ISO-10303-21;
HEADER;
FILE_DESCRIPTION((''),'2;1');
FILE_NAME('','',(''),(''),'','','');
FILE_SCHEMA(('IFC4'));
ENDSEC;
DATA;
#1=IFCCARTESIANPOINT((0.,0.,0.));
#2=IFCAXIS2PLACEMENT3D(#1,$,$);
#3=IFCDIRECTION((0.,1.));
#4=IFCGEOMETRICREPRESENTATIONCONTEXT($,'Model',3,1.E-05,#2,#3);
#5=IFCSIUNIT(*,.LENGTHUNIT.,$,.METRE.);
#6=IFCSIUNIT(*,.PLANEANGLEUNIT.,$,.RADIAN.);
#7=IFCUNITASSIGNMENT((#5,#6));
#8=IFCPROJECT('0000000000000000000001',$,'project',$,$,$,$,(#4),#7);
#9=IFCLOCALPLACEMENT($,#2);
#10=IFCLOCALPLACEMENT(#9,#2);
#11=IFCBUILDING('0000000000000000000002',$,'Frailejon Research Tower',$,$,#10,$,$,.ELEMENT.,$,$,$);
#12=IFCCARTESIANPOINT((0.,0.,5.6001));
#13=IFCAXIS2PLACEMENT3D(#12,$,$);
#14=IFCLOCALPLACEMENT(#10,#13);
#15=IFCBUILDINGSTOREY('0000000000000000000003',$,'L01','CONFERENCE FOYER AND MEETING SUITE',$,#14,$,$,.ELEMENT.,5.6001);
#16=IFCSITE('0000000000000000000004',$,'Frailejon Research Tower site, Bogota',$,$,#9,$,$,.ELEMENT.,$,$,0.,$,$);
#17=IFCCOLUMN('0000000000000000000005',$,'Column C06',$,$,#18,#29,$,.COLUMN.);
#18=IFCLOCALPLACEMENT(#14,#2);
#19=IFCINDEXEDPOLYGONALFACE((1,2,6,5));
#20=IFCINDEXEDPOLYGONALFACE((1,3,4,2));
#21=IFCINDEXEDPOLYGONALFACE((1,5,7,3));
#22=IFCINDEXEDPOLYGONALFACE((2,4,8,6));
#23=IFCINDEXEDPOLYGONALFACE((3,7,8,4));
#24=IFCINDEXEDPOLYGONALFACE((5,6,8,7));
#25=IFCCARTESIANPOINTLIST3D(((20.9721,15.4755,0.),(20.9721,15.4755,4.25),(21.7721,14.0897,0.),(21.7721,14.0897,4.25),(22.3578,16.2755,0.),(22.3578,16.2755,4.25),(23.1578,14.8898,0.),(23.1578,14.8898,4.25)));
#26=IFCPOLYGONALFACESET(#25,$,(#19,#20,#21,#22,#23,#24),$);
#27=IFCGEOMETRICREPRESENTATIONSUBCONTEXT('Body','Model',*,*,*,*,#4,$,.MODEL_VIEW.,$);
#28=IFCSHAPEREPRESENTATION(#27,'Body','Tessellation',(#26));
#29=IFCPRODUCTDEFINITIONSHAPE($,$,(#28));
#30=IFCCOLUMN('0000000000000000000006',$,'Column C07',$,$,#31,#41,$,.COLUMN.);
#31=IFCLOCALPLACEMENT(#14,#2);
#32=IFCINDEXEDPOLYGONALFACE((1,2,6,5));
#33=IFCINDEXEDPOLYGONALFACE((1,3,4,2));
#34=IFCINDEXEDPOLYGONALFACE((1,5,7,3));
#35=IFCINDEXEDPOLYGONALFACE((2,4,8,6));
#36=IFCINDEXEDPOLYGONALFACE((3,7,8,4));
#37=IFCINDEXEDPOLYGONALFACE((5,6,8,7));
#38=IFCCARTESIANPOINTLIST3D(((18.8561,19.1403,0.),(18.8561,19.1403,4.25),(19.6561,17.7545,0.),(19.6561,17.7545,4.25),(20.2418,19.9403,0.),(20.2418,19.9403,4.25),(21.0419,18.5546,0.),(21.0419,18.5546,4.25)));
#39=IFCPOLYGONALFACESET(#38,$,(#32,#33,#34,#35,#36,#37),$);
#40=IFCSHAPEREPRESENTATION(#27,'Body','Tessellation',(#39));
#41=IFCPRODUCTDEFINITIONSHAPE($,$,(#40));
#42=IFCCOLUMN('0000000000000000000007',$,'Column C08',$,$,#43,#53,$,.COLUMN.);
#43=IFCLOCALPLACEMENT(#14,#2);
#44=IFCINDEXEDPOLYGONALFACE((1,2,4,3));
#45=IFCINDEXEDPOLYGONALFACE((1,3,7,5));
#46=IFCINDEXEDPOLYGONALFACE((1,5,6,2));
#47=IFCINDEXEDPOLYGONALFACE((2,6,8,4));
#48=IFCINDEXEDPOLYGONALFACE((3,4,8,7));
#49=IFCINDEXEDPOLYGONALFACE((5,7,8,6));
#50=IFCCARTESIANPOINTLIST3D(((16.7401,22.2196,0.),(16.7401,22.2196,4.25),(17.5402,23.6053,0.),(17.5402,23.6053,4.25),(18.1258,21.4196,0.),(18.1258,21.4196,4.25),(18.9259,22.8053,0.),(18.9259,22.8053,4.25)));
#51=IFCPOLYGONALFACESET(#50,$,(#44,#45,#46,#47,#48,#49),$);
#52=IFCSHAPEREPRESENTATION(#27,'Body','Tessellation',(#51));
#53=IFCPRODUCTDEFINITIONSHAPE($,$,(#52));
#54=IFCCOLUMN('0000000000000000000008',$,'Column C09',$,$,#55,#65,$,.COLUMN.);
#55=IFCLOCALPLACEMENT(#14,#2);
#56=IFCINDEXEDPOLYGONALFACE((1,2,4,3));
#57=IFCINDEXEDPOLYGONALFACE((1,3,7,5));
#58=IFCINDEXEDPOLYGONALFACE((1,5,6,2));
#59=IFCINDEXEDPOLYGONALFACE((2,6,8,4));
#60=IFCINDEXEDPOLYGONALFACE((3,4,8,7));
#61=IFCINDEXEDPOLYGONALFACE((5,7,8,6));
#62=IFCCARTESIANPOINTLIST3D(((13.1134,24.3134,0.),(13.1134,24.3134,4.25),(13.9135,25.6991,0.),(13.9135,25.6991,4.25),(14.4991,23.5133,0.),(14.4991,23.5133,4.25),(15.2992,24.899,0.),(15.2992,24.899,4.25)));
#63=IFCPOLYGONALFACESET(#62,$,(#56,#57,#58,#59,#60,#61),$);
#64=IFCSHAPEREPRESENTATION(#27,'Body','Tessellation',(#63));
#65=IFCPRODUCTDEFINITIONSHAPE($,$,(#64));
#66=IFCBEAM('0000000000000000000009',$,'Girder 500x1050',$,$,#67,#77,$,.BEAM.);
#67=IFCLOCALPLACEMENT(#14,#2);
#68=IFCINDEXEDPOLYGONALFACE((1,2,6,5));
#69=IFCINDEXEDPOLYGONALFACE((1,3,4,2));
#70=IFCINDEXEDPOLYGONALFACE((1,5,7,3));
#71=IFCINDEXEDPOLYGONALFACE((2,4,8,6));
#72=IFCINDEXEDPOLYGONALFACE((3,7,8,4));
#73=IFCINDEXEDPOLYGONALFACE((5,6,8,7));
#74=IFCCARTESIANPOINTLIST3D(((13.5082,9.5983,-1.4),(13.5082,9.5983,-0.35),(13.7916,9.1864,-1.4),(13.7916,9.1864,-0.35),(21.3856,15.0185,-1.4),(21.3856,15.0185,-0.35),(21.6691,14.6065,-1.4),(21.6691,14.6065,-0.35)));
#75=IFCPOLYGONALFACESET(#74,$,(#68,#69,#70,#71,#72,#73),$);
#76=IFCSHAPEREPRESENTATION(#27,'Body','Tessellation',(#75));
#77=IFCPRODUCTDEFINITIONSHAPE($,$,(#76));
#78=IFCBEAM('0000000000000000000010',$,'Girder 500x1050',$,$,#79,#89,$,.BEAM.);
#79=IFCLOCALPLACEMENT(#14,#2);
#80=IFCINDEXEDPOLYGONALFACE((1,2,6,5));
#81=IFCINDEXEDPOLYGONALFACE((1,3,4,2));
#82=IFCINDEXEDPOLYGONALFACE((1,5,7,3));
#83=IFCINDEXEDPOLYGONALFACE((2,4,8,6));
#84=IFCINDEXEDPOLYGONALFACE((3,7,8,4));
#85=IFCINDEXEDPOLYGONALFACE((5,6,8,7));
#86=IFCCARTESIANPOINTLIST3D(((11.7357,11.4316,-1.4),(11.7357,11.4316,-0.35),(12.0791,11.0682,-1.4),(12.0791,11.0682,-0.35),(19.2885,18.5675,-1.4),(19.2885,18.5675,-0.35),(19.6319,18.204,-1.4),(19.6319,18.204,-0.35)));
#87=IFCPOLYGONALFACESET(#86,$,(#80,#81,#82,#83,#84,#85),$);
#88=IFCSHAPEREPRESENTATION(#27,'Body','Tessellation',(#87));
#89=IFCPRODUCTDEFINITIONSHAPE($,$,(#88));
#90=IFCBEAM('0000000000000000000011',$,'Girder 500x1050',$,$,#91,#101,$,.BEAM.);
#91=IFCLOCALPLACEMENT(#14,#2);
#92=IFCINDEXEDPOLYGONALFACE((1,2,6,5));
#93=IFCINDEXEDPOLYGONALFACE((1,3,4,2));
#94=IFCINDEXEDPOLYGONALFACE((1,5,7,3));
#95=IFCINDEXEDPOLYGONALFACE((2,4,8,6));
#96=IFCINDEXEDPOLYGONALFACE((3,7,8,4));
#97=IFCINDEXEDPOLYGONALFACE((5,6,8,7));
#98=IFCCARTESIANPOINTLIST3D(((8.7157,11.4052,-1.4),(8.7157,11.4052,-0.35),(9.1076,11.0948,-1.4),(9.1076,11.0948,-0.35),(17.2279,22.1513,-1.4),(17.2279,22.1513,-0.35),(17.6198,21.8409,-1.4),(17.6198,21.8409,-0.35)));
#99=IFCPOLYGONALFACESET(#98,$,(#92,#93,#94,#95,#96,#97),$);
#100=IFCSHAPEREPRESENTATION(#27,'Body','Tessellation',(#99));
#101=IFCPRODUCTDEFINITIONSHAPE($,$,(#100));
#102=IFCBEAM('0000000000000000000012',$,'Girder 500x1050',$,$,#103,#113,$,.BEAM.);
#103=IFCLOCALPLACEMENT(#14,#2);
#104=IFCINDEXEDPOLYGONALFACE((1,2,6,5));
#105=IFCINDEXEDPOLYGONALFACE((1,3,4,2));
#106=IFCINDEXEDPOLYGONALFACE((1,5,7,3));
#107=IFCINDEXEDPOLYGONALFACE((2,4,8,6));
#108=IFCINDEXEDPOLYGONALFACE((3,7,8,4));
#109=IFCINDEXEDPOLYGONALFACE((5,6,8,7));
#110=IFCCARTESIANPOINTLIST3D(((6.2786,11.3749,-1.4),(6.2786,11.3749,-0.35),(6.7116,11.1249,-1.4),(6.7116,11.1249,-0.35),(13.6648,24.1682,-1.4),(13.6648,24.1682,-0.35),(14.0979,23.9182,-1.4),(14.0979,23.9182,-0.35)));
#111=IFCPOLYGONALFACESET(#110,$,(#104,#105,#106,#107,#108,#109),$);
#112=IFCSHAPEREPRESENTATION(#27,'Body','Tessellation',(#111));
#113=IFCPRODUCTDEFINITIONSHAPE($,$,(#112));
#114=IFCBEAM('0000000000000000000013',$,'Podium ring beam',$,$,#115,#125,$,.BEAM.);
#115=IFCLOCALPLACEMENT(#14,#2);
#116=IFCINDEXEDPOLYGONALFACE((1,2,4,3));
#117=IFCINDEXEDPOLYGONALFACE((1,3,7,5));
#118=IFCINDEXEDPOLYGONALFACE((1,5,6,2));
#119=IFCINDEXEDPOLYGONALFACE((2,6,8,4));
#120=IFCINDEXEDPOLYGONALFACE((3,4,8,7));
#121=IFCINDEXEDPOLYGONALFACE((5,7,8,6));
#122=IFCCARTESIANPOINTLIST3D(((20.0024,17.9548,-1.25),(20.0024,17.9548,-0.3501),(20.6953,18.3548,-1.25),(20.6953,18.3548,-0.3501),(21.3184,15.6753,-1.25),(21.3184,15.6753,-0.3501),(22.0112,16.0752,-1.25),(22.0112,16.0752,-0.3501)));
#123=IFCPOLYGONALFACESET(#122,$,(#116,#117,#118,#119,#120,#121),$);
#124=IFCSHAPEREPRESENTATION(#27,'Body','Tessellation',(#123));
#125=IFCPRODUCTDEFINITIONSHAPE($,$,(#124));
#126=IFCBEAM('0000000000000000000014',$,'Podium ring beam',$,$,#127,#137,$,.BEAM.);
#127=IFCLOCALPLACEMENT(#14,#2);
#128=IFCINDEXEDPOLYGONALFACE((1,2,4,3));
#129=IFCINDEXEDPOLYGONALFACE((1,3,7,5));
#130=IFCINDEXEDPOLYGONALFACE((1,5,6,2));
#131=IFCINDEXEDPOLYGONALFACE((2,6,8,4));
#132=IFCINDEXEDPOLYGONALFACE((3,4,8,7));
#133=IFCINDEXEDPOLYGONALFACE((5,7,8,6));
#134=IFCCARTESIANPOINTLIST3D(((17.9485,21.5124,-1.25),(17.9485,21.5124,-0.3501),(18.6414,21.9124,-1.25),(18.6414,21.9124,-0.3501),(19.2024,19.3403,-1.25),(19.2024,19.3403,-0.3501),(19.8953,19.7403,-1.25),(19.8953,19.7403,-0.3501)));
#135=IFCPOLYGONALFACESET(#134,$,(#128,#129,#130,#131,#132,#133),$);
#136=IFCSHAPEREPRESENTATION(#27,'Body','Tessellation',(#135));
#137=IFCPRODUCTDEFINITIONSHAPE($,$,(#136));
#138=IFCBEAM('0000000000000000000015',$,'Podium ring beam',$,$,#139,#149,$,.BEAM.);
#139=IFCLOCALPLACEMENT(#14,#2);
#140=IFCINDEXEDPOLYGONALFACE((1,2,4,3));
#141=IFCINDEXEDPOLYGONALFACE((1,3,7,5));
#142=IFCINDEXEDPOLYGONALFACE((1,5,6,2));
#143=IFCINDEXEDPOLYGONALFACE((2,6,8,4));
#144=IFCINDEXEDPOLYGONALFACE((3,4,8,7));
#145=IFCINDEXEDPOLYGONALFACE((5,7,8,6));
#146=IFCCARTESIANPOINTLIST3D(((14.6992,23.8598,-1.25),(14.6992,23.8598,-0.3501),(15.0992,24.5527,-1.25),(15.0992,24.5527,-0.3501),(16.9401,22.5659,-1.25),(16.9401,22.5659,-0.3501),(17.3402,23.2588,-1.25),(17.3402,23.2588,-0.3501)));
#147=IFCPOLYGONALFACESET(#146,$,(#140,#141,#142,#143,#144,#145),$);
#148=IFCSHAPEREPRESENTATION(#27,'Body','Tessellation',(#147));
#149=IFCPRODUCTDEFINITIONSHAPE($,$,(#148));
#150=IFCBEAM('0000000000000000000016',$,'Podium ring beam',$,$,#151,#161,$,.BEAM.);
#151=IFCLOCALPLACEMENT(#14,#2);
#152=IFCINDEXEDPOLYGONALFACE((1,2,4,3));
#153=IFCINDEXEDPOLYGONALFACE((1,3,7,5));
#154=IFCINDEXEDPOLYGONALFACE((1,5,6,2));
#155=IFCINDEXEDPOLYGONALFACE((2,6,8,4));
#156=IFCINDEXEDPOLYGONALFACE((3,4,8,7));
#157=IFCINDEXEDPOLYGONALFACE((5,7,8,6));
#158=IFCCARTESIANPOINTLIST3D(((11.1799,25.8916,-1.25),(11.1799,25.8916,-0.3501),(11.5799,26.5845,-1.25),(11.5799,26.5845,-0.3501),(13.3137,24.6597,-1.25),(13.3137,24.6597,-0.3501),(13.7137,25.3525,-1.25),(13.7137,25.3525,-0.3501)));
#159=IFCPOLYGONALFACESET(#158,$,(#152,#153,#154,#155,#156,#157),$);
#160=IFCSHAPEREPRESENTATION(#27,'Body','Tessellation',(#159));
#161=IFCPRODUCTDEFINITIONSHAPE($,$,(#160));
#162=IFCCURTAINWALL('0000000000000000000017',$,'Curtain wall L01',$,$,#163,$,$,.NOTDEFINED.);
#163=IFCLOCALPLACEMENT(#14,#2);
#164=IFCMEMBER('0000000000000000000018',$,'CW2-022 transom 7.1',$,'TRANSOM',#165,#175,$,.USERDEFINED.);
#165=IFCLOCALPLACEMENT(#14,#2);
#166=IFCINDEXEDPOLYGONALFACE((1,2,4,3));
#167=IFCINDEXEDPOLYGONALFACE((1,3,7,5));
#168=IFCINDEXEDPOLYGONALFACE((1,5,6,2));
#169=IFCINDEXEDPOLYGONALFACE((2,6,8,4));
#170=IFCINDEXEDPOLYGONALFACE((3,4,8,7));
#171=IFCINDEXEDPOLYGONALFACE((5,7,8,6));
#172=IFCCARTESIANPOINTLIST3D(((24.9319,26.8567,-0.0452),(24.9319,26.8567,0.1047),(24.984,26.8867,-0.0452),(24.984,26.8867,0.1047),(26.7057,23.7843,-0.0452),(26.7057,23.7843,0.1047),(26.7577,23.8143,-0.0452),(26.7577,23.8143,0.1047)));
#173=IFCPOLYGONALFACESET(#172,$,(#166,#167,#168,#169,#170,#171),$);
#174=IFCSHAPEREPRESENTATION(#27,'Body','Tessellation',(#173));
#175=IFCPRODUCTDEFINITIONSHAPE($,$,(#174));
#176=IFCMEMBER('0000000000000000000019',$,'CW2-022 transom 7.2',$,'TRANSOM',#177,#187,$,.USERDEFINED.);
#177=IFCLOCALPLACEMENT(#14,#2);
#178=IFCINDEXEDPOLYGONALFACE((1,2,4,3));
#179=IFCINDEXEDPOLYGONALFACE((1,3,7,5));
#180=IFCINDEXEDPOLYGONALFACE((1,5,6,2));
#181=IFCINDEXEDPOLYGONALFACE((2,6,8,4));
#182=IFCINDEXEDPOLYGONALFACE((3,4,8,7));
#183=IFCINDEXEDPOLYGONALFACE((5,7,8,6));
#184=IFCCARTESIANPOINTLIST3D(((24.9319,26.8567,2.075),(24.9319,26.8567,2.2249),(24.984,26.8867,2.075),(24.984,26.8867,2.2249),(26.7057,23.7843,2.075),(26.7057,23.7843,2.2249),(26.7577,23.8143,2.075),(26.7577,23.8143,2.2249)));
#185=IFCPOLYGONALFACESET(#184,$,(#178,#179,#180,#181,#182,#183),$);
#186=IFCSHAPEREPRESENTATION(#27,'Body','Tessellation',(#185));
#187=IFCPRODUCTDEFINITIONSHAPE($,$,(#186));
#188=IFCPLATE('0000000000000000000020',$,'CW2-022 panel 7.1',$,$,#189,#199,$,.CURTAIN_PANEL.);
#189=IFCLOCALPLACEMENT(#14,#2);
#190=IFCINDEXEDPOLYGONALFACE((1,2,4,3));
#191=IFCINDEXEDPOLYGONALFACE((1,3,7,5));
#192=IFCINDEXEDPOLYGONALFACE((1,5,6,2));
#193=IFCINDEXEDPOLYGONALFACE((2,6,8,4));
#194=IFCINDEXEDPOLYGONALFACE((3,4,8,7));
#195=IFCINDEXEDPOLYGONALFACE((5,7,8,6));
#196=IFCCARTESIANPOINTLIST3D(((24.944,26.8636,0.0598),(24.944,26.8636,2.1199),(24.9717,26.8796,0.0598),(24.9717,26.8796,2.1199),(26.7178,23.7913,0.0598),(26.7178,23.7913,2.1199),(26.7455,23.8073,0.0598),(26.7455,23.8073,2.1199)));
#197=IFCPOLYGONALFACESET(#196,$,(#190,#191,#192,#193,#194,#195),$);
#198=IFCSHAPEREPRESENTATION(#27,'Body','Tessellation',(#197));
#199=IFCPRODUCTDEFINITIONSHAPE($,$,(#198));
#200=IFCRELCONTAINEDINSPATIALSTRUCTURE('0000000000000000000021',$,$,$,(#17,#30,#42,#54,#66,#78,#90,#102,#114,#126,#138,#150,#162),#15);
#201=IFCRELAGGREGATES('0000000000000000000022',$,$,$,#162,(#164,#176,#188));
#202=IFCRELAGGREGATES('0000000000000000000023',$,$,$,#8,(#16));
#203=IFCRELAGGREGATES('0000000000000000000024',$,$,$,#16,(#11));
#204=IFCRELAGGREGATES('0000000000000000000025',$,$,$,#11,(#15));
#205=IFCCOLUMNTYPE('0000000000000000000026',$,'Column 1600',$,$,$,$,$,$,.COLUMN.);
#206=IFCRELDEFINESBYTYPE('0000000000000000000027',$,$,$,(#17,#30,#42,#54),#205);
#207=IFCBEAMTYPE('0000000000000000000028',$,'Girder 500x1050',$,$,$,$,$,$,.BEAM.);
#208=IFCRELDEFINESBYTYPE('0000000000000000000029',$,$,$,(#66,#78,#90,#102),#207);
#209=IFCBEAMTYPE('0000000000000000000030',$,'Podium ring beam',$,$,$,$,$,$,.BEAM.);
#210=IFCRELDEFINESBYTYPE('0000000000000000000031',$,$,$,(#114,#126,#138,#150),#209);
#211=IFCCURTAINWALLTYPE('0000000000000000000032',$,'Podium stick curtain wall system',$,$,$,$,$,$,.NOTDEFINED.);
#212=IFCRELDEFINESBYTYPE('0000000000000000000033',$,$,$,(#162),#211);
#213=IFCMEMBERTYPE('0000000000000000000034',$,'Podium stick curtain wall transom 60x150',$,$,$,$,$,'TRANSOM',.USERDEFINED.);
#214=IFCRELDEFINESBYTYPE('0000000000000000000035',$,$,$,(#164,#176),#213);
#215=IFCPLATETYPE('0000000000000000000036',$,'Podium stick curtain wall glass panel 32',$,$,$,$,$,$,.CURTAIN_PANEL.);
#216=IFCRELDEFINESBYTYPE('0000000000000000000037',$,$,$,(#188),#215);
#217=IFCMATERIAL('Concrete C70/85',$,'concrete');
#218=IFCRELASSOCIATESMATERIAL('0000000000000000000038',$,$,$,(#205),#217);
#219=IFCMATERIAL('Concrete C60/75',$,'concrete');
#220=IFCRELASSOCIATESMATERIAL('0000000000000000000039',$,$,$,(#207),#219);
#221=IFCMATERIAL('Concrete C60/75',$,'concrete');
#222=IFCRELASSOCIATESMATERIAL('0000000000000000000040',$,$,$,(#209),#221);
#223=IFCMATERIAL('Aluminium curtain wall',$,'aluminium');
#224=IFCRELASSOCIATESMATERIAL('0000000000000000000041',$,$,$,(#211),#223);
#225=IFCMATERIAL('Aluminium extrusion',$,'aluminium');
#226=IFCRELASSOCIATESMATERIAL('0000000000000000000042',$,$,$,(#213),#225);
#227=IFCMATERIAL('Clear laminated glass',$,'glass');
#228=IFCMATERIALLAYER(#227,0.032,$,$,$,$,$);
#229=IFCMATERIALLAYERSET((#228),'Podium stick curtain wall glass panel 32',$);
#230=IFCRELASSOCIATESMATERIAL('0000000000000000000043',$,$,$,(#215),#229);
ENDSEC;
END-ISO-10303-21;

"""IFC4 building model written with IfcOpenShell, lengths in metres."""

from ifc_helpers import new_model, si_unit, direction, frame, origin, origin_2d, place, context, subcontext, project, spatial, rectangle, extrude, material, layer, layer_set, material_profile, profile_set, type_object, element, aggregate, save


model = new_model("IFC4")

# Units and contexts
model_context = context("Model", 3, precision=1e-05, world=origin(), true_north=direction((0.0, 1.0)))
body_context = subcontext(model_context, "Body", "Model", "MODEL_VIEW")
ifc_project = project(units=[si_unit("LENGTHUNIT", "METRE"), si_unit("PLANEANGLEUNIT", "RADIAN")], contexts=[model_context])

# Site, building, storey
site_placement = place(None, origin())
site = spatial("IfcSite", under=ifc_project, at=site_placement, Name="Frailejon Research Tower site, Bogota", CompositionType="ELEMENT", RefElevation=0.0)
building_placement = place(site_placement, origin())
building = spatial("IfcBuilding", under=site, at=building_placement, Name="Frailejon Research Tower", CompositionType="ELEMENT")
storey_placement = place(building_placement, frame((0.0, 0.0, 5.6001)))
storey = spatial("IfcBuildingStorey", under=building, at=storey_placement, Name="L01", Description="CONFERENCE FOYER AND MEETING SUITE", CompositionType="ELEMENT", Elevation=5.6001)

# Columns
ifc_material_1 = material(Name="Concrete C70/85", Category="concrete")
ifc_material_profile_1 = material_profile(ifc_material_1, rectangle(XDim=1.6001, YDim=1.6001, at=origin_2d()), Name="Column 1600")
ifc_profile_set_1 = profile_set([ifc_material_profile_1], Name="Concrete C70/85")
column_type = type_object("IfcColumnType", Name="Column 1600", PredefinedType="COLUMN", material=ifc_profile_set_1)
for number, where, z_axis, x_axis, name in (
    (1, (22.0649, 15.1826, 0.0), (0.0, 0.0, 1.0), (-0.5, 0.866025, 0.0), "Column C06"),
    (2, (19.949, 18.8474, 0.0), (0.0, 0.0, 1.0), (-0.5, 0.866025, 0.0), "Column C07"),
    (3, (17.833, 22.5125, 0.0), (0.0, 0.0, 1.0), (-0.866025, 0.5, 0.0), "Column C08"),
    (4, (14.2063, 24.6062, 0.0), (0.0, 0.0, 1.0), (-0.866025, 0.5, 0.0), "Column C09"),
):
    element("IfcColumn", number, at=place(storey_placement, frame(where, z_axis=z_axis, x_axis=x_axis)), inside=storey, type_object=column_type, Name=name, PredefinedType="COLUMN", context=body_context, shape_type="SweptSolid", body=[
        extrude(rectangle(XDim=1.6001, YDim=1.6001, at=origin_2d()), origin(), (0.0, 0.0, 1.0), 4.25),
    ])

# Beams
ifc_material_2 = material(Name="Concrete C60/75", Category="concrete")
ifc_material_profile_2 = material_profile(ifc_material_2, rectangle(XDim=0.5, YDim=1.05, at=origin_2d()), Name="Girder 500x1050")
ifc_profile_set_2 = profile_set([ifc_material_profile_2], Name="Concrete C60/75")
beam_type_1 = type_object("IfcBeamType", Name="Girder 500x1050", PredefinedType="BEAM", material=ifc_profile_set_2)
beam_1_placement = place(storey_placement, frame((21.5273, 14.8125, -0.875), z_axis=(-0.823826, -0.566843, 0.0), x_axis=(0.566843, -0.823826, 0.0)))
element("IfcBeam", 5, at=beam_1_placement, inside=storey, type_object=beam_type_1, Name="Girder 500x1050", PredefinedType="BEAM", context=body_context, shape_type="SweptSolid", body=[
    extrude(rectangle(XDim=0.5, YDim=1.05, at=origin_2d()), origin(), (0.0, 0.0, 1.0), 9.562),
])
beam_2_placement = place(storey_placement, frame((19.4602, 18.3857, -0.875), z_axis=(-0.726888, -0.686756, 0.0), x_axis=(0.686756, -0.726888, 0.0)))
element("IfcBeam", 6, at=beam_2_placement, inside=storey, type_object=beam_type_1, Name="Girder 500x1050", PredefinedType="BEAM", context=body_context, shape_type="SweptSolid", body=[
    extrude(rectangle(XDim=0.5, YDim=1.05, at=origin_2d()), origin(), (0.0, 0.0, 1.0), 10.3906),
])
beam_3_placement = place(storey_placement, frame((17.4238, 21.9961, -0.875), z_axis=(-0.620922, -0.783872, 0.0), x_axis=(0.783872, -0.620922, 0.0)))
element("IfcBeam", 7, at=beam_3_placement, inside=storey, type_object=beam_type_1, Name="Girder 500x1050", PredefinedType="BEAM", context=body_context, shape_type="SweptSolid", body=[
    extrude(rectangle(XDim=0.5, YDim=1.05, at=origin_2d()), origin(), (0.0, 0.0, 1.0), 13.709),
])
beam_4_placement = place(storey_placement, frame((13.8813, 24.0432, -0.875), z_axis=(-0.500003, -0.866023, 0.0), x_axis=(0.866023, -0.500003, 0.0)))
element("IfcBeam", 8, at=beam_4_placement, inside=storey, type_object=beam_type_1, Name="Girder 500x1050", PredefinedType="BEAM", context=body_context, shape_type="SweptSolid", body=[
    extrude(rectangle(XDim=0.5, YDim=1.05, at=origin_2d()), origin(), (0.0, 0.0, 1.0), 14.7725),
])
ifc_material_3 = material(Name="Concrete C60/75", Category="concrete")
ifc_material_profile_3 = material_profile(ifc_material_3, rectangle(XDim=0.8, YDim=0.8999, at=origin_2d()), Name="Podium ring beam")
ifc_profile_set_3 = profile_set([ifc_material_profile_3], Name="Concrete C60/75")
beam_type_2 = type_object("IfcBeamType", Name="Podium ring beam", PredefinedType="BEAM", material=ifc_profile_set_3)
beam_5_placement = place(storey_placement, frame((21.6648, 15.8752, -0.8), z_axis=(-0.49995, 0.866054, 0.0), x_axis=(-0.866054, -0.49995, 0.0)))
element("IfcBeam", 9, at=beam_5_placement, inside=storey, type_object=beam_type_2, Name="Podium ring beam", PredefinedType="BEAM", context=body_context, shape_type="SweptSolid", body=[
    extrude(rectangle(XDim=0.8, YDim=0.8999, at=origin_2d()), origin(), (0.0, 0.0, 1.0), 2.6321),
])
beam_6_placement = place(storey_placement, frame((19.5488, 19.5403, -0.8), z_axis=(-0.49995, 0.866054, 0.0), x_axis=(-0.866054, -0.49995, 0.0)))
element("IfcBeam", 10, at=beam_6_placement, inside=storey, type_object=beam_type_2, Name="Podium ring beam", PredefinedType="BEAM", context=body_context, shape_type="SweptSolid", body=[
    extrude(rectangle(XDim=0.8, YDim=0.8999, at=origin_2d()), origin(), (0.0, 0.0, 1.0), 2.5081),
])
beam_7_placement = place(storey_placement, frame((17.1401, 22.9124, -0.8), z_axis=(-0.866005, 0.500036, 0.0), x_axis=(-0.500036, -0.866005, 0.0)))
element("IfcBeam", 11, at=beam_7_placement, inside=storey, type_object=beam_type_2, Name="Podium ring beam", PredefinedType="BEAM", context=body_context, shape_type="SweptSolid", body=[
    extrude(rectangle(XDim=0.8, YDim=0.8999, at=origin_2d()), origin(), (0.0, 0.0, 1.0), 2.5876),
])
beam_8_placement = place(storey_placement, frame((13.5137, 25.0061, -0.8), z_axis=(-0.866027, 0.499997, 0.0), x_axis=(-0.499997, -0.866027, 0.0)))
element("IfcBeam", 12, at=beam_8_placement, inside=storey, type_object=beam_type_2, Name="Podium ring beam", PredefinedType="BEAM", context=body_context, shape_type="SweptSolid", body=[
    extrude(rectangle(XDim=0.8, YDim=0.8999, at=origin_2d()), origin(), (0.0, 0.0, 1.0), 2.4639),
])

# Curtain wall, members, plate
ifc_material_4 = material(Name="Aluminium curtain wall", Category="aluminium")
curtain_wall_type = type_object("IfcCurtainWallType", Name="Podium stick curtain wall system", PredefinedType="NOTDEFINED", material=ifc_material_4)
curtain_wall_placement = place(storey_placement, origin())
curtain_wall = element("IfcCurtainWall", 13, at=curtain_wall_placement, inside=storey, type_object=curtain_wall_type, Name="Curtain wall L01", PredefinedType="NOTDEFINED")
ifc_material_5 = material(Name="Aluminium extrusion", Category="aluminium")
ifc_material_profile_4 = material_profile(ifc_material_5, rectangle(XDim=0.0601, YDim=0.1499, at=origin_2d()), Name="Podium stick curtain wall transom 60x150")
ifc_profile_set_4 = profile_set([ifc_material_profile_4], Name="Aluminium extrusion")
member_type = type_object("IfcMemberType", Name="Podium stick curtain wall transom 60x150", ElementType="TRANSOM", PredefinedType="USERDEFINED", material=ifc_profile_set_4)
member_1_placement = place(storey_placement, frame((26.7317, 23.7993, 0.0298), z_axis=(-0.499981, 0.866037, 0.0), x_axis=(-0.866037, -0.499981, 0.0)))
member_1 = element("IfcMember", 14, at=member_1_placement, type_object=member_type, Name="CW2-022 transom 7.1", ObjectType="TRANSOM", PredefinedType="USERDEFINED", context=body_context, shape_type="SweptSolid", body=[
    extrude(rectangle(XDim=0.0601, YDim=0.1499, at=origin_2d()), origin(), (0.0, 0.0, 1.0), 3.5476),
])
member_2_placement = place(storey_placement, frame((26.7317, 23.7993, 2.1499), z_axis=(-0.499981, 0.866037, 0.0), x_axis=(-0.866037, -0.499981, 0.0)))
member_2 = element("IfcMember", 15, at=member_2_placement, type_object=member_type, Name="CW2-022 transom 7.2", ObjectType="TRANSOM", PredefinedType="USERDEFINED", context=body_context, shape_type="SweptSolid", body=[
    extrude(rectangle(XDim=0.0601, YDim=0.1499, at=origin_2d()), origin(), (0.0, 0.0, 1.0), 3.5476),
])
ifc_material_6 = material(Name="Clear laminated glass", Category="glass")
ifc_layer_1 = layer(ifc_material_6, 0.032)
ifc_layer_set_1 = layer_set([ifc_layer_1], Name="Podium stick curtain wall glass panel 32")
plate_type = type_object("IfcPlateType", Name="Podium stick curtain wall glass panel 32", PredefinedType="CURTAIN_PANEL", material=ifc_layer_set_1)
plate_1_placement = place(storey_placement, frame((25.8447, 25.3354, 0.0598), z_axis=(0.0, 0.0, 1.0), x_axis=(-0.499998, 0.866026, 0.0)))
plate_1 = element("IfcPlate", 16, at=plate_1_placement, type_object=plate_type, Name="CW2-022 panel 7.1", PredefinedType="CURTAIN_PANEL", context=body_context, shape_type="SweptSolid", body=[
    extrude(rectangle(XDim=3.5476, YDim=0.032, at=origin_2d()), origin(), (0.0, 0.0, 1.0), 2.0601),
])
aggregate(curtain_wall, [member_1, member_2, plate_1])

save(model, "model.ifc")
